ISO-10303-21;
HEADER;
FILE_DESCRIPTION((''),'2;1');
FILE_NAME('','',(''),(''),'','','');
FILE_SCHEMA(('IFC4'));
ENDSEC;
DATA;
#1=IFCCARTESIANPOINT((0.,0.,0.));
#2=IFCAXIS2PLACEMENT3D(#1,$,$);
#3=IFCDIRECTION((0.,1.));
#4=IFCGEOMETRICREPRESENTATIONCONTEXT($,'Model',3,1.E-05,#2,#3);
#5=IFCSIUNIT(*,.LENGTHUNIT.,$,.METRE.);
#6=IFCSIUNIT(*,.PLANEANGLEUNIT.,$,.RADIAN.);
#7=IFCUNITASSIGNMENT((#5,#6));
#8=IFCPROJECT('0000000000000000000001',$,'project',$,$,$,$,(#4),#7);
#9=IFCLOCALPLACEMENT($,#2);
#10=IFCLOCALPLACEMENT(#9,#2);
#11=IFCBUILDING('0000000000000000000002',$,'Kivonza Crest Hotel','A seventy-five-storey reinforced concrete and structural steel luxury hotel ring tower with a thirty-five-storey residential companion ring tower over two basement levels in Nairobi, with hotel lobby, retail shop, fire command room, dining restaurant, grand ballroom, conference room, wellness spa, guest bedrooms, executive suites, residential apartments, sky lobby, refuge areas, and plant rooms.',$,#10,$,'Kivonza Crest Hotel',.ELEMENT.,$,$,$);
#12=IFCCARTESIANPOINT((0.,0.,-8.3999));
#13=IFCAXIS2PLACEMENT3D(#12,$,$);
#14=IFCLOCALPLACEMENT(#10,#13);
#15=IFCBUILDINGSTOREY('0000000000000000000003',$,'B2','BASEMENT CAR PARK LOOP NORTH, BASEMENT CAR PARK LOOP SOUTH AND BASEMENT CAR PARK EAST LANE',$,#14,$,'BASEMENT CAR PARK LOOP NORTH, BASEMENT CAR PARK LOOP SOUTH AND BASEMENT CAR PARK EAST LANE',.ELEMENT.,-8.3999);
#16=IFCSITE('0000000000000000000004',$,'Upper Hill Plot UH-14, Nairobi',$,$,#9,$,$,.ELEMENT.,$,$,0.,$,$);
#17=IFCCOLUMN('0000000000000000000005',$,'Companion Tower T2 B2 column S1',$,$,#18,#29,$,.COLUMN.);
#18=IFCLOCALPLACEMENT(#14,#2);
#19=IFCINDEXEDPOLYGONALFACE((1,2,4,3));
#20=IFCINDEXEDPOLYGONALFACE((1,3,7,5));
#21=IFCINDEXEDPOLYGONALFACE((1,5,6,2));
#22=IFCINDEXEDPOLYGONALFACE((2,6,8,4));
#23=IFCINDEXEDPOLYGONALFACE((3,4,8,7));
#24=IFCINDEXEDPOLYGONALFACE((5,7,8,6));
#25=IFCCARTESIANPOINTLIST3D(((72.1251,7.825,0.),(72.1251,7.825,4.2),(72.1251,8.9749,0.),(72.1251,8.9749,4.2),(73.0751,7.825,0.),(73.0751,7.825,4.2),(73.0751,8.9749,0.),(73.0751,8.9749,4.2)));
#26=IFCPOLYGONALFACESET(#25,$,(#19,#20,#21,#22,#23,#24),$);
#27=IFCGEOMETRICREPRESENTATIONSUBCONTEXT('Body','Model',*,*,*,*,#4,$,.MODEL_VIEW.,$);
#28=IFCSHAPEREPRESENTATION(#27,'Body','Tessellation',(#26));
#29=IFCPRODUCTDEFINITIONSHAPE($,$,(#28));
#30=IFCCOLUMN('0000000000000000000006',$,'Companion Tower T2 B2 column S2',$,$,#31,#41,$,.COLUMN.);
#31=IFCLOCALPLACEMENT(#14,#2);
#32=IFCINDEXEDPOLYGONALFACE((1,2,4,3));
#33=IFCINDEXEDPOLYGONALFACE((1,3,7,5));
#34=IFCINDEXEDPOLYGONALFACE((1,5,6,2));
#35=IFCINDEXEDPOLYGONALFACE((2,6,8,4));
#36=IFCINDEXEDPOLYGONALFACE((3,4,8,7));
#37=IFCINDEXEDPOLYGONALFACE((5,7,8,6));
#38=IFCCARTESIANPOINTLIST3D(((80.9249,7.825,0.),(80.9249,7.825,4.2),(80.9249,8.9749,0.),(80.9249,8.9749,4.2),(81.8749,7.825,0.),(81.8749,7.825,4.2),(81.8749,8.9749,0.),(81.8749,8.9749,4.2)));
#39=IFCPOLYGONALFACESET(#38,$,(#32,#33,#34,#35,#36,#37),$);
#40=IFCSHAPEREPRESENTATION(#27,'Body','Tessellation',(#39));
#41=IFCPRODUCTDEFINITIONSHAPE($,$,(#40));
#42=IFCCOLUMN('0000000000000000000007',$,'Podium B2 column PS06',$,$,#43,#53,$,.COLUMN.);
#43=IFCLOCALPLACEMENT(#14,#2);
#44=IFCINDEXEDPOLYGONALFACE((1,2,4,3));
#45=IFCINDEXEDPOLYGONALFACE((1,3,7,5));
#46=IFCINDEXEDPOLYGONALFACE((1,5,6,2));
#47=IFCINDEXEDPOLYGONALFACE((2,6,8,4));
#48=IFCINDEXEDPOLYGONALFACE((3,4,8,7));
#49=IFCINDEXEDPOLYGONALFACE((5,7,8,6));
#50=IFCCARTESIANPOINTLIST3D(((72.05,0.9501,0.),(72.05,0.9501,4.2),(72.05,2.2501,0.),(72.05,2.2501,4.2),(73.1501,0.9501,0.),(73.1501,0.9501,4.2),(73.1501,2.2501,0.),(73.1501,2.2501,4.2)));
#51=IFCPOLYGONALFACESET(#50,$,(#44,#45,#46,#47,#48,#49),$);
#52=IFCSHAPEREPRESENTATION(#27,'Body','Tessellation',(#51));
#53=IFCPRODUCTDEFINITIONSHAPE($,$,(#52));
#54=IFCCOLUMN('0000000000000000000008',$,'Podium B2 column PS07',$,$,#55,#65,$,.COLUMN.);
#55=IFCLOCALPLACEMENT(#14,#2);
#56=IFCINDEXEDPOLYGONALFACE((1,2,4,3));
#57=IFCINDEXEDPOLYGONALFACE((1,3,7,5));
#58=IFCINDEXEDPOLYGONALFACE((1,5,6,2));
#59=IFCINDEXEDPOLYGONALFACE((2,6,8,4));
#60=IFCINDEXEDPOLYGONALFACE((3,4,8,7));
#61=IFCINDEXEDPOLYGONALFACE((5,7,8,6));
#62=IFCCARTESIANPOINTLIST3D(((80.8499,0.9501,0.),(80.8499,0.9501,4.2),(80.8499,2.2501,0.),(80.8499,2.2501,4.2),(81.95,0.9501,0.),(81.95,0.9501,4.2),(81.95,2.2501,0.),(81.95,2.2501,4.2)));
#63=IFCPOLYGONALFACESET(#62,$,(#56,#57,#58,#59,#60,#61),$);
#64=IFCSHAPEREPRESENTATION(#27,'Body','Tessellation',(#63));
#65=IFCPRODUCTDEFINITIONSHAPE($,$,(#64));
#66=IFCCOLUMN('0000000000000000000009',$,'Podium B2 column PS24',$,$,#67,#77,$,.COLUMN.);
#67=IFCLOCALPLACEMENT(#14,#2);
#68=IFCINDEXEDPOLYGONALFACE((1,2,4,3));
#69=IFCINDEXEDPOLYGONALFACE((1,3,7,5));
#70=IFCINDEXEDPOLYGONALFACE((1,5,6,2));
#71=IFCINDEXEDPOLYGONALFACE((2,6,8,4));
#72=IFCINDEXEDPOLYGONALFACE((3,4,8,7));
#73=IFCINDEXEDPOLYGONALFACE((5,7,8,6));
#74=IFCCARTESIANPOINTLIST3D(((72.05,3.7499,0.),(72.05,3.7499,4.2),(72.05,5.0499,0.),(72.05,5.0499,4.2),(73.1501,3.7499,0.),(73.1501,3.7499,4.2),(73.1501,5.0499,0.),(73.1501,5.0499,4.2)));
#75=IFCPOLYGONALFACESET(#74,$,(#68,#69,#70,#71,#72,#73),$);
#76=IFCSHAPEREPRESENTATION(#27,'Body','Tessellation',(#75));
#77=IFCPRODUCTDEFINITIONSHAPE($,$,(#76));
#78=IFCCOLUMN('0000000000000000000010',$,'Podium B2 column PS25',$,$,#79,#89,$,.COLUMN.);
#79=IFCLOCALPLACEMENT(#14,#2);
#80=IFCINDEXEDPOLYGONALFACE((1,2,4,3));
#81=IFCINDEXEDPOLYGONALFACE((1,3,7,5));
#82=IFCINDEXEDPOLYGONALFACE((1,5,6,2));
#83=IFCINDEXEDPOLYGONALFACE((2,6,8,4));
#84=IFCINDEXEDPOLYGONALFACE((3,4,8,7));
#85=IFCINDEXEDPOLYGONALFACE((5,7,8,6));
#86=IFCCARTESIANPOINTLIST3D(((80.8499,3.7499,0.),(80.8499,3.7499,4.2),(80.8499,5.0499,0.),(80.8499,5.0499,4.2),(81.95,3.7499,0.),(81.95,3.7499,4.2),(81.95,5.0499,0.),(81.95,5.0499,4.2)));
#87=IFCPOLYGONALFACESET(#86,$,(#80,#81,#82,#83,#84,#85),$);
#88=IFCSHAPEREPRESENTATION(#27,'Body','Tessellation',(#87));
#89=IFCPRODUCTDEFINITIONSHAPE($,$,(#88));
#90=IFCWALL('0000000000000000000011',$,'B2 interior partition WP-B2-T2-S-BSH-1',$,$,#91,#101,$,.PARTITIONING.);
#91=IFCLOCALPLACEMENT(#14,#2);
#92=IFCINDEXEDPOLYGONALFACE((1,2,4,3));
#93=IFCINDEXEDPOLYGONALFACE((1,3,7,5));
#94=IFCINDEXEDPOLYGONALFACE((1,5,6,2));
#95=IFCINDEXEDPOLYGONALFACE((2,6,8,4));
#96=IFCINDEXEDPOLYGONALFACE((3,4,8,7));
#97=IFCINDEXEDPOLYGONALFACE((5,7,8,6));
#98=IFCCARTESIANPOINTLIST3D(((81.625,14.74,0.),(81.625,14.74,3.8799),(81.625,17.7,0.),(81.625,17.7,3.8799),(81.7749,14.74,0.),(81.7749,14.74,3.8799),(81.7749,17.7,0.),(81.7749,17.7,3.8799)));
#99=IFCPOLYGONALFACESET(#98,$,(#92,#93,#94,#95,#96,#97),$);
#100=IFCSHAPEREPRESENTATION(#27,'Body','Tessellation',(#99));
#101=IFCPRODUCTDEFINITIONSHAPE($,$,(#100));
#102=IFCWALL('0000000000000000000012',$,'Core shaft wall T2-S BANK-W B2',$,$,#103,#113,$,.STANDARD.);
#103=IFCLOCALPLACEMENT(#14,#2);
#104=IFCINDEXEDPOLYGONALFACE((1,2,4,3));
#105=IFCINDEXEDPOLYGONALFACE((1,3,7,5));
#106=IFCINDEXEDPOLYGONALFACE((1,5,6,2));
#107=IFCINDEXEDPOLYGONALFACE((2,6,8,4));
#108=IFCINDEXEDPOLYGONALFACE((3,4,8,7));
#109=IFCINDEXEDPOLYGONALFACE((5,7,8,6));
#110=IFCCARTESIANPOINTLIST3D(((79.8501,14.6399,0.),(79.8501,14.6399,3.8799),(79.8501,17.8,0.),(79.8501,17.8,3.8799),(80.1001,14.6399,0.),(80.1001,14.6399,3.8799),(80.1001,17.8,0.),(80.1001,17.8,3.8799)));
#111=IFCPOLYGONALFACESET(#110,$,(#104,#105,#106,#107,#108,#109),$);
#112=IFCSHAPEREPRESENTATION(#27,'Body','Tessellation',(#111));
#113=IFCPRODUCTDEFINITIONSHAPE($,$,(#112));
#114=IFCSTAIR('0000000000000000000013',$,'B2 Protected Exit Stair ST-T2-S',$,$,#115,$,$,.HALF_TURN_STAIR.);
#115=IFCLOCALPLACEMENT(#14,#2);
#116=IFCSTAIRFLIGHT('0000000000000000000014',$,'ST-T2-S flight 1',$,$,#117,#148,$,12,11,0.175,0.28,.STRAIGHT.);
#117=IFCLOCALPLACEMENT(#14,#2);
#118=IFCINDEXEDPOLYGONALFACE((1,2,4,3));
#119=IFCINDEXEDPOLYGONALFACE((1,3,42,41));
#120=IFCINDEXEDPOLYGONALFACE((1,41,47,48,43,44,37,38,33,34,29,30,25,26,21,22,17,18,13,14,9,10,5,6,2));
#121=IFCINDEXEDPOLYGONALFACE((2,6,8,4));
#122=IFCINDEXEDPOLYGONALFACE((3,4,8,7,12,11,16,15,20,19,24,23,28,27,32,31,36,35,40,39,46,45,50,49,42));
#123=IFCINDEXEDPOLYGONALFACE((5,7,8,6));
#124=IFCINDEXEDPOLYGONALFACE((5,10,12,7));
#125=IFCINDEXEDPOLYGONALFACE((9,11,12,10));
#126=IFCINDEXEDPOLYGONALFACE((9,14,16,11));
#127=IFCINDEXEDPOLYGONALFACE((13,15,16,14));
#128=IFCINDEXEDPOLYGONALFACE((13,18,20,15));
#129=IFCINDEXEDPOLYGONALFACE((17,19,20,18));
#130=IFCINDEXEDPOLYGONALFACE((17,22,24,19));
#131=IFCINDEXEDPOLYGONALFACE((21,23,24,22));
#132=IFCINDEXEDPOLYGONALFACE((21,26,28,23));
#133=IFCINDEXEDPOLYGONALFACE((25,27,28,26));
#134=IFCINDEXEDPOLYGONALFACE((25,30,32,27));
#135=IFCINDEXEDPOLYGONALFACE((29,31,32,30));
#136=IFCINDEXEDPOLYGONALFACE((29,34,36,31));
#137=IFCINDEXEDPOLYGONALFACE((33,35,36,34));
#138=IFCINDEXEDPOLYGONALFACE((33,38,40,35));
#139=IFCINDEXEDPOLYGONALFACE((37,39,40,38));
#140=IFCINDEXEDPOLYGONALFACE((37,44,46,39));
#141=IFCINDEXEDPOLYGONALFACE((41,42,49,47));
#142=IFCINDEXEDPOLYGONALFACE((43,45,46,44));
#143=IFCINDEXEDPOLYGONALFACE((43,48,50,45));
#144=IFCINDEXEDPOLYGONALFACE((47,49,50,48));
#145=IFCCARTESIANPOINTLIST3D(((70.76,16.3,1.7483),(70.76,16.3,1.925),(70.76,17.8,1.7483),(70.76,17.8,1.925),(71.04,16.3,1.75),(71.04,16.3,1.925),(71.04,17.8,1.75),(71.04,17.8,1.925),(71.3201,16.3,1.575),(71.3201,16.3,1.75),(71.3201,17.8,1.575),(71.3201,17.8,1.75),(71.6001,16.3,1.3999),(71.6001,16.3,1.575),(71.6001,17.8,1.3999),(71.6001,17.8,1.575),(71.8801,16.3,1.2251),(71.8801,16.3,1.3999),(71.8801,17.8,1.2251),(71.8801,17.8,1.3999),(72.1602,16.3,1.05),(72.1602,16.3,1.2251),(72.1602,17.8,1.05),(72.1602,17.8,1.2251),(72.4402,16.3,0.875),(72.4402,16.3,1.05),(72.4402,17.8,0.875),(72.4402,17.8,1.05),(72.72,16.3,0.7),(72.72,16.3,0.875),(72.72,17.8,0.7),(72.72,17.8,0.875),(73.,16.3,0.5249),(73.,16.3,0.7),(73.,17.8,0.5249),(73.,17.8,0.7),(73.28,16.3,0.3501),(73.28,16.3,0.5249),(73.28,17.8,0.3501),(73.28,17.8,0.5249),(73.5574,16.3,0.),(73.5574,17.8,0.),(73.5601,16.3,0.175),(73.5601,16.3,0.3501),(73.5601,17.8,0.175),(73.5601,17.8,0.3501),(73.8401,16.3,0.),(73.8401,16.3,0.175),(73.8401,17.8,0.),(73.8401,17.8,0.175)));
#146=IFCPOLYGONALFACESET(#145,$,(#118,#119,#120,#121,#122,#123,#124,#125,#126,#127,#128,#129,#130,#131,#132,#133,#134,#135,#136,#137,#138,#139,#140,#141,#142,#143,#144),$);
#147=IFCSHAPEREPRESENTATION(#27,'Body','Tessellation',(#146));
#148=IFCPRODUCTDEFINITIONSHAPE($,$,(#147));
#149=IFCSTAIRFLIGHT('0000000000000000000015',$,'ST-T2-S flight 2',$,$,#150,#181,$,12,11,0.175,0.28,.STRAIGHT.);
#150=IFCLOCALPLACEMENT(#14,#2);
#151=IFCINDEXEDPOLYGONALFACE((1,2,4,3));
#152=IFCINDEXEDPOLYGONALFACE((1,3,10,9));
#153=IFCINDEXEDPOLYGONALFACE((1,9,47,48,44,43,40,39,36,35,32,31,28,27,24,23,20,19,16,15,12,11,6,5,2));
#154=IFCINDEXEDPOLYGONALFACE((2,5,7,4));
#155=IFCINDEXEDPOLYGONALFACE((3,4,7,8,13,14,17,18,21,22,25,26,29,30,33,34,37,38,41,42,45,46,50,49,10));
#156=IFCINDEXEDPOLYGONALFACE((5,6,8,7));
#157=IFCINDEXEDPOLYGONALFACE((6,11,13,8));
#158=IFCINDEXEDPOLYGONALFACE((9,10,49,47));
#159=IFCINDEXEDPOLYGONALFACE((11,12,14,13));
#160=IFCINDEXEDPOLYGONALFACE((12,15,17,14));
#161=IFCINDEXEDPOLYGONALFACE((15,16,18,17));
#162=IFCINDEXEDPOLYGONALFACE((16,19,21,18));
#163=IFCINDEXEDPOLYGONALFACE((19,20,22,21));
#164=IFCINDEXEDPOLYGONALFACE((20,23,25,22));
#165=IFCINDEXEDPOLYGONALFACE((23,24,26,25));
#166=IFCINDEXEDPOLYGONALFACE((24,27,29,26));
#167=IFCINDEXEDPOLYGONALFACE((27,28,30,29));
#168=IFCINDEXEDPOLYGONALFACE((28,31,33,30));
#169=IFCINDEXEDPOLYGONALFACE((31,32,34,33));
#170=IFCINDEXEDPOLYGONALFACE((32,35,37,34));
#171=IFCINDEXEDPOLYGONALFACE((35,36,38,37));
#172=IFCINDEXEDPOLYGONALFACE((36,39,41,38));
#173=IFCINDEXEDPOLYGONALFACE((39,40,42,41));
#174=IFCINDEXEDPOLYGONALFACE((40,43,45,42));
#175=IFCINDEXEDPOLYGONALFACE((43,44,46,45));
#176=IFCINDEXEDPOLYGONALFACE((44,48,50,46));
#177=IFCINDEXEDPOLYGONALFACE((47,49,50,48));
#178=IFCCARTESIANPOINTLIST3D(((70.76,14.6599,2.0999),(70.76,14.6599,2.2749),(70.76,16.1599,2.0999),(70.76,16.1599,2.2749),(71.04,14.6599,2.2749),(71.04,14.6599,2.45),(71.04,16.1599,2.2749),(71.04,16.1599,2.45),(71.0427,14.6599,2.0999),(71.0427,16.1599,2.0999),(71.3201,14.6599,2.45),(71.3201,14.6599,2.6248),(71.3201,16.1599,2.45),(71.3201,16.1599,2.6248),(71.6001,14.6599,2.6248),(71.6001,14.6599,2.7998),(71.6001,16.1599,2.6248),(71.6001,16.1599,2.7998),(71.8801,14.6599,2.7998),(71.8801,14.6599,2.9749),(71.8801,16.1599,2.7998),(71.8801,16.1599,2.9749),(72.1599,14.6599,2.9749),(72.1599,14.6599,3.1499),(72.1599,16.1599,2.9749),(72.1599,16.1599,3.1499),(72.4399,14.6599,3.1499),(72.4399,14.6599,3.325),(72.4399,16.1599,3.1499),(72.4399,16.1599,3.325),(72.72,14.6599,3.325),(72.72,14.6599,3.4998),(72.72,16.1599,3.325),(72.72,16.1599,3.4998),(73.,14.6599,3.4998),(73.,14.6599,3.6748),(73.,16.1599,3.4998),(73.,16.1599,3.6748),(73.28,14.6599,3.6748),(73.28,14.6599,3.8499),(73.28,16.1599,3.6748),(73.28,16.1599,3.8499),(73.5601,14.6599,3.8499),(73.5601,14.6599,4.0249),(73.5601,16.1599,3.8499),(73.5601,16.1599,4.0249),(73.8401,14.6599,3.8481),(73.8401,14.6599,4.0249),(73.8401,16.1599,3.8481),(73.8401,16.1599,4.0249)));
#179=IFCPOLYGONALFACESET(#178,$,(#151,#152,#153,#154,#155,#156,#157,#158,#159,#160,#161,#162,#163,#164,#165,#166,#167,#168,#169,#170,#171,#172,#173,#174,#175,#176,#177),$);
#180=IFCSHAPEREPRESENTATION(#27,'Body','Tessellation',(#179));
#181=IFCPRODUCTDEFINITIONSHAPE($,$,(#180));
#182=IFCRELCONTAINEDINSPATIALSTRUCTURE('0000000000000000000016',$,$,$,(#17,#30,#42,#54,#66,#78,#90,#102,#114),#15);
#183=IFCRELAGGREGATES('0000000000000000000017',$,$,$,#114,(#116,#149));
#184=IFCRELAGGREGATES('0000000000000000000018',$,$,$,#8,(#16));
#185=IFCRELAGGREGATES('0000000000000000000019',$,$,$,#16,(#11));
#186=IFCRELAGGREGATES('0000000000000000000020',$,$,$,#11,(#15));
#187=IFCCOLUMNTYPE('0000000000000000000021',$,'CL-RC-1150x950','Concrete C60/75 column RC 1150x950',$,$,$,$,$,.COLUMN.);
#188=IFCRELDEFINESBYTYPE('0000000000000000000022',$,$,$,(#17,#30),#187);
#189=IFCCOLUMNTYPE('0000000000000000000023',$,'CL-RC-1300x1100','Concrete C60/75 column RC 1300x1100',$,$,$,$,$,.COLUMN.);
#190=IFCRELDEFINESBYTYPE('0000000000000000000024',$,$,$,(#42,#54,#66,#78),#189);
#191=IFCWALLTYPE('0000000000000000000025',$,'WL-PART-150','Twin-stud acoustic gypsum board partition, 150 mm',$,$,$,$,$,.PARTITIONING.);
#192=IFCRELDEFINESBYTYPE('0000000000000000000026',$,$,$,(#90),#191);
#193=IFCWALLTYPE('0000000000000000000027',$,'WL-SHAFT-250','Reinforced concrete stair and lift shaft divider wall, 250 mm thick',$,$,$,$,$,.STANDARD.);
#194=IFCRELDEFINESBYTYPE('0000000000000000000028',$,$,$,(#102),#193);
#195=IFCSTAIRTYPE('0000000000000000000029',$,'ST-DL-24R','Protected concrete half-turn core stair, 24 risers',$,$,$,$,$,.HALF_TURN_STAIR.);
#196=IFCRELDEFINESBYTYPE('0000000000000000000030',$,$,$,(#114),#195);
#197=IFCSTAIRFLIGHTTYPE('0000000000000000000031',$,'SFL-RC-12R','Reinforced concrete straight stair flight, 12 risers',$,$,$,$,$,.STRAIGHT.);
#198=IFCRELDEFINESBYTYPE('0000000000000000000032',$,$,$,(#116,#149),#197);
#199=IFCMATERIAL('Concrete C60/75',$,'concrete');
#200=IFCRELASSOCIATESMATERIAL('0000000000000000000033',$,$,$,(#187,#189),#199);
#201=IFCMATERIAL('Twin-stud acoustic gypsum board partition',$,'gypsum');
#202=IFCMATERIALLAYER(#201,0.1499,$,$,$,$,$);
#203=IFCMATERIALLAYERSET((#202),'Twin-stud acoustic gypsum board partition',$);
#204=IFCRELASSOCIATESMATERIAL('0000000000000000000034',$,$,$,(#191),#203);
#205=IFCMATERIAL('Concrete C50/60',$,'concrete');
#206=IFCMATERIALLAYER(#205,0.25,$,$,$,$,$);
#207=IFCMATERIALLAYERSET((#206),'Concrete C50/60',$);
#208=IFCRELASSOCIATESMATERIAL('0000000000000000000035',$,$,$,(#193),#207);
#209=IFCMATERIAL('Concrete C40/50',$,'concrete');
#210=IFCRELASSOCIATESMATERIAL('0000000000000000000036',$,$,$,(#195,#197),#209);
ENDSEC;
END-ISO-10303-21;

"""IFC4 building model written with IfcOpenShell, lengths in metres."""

from ifc_helpers import new_model, si_unit, direction, frame, frame_2d, origin, origin_2d, place, context, subcontext, project, spatial, polyline, rectangle, outline, extrude, material, layer, layer_set, material_profile, profile_set, type_object, element, aggregate, save


model = new_model("IFC4")

# Units and contexts
model_context = context("Model", 3, precision=1e-05, world=origin(), true_north=direction((0.0, 1.0)))
body_context = subcontext(model_context, "Body", "Model", "MODEL_VIEW")
ifc_project = project(units=[si_unit("LENGTHUNIT", "METRE"), si_unit("PLANEANGLEUNIT", "RADIAN")], contexts=[model_context])

# Site, building, storey
site_placement = place(None, origin())
site = spatial("IfcSite", under=ifc_project, at=site_placement, Name="Upper Hill Plot UH-14, Nairobi", CompositionType="ELEMENT", RefElevation=0.0)
building_placement = place(site_placement, origin())
building = spatial("IfcBuilding", under=site, at=building_placement, Name="Kivonza Crest Hotel", Description="A seventy-five-storey reinforced concrete and structural steel luxury hotel ring tower with a thirty-five-storey residential companion ring tower over two basement levels in Nairobi, with hotel lobby, retail shop, fire command room, dining restaurant, grand ballroom, conference room, wellness spa, guest bedrooms, executive suites, residential apartments, sky lobby, refuge areas, and plant rooms.", LongName="Kivonza Crest Hotel", CompositionType="ELEMENT")
storey_placement = place(building_placement, frame((0.0, 0.0, -8.3999)))
storey = spatial("IfcBuildingStorey", under=building, at=storey_placement, Name="B2", Description="BASEMENT CAR PARK LOOP NORTH, BASEMENT CAR PARK LOOP SOUTH AND BASEMENT CAR PARK EAST LANE", LongName="BASEMENT CAR PARK LOOP NORTH, BASEMENT CAR PARK LOOP SOUTH AND BASEMENT CAR PARK EAST LANE", CompositionType="ELEMENT", Elevation=-8.3999)

# Shared definitions
ifc_material_1 = material(Name="Concrete C40/50", Category="concrete")

# Columns
ifc_material_2 = material(Name="Concrete C60/75", Category="concrete")
ifc_material_profile_1 = material_profile(ifc_material_2, rectangle(XDim=0.95, YDim=1.1499, at=origin_2d()), Name="RC 1150x950")
ifc_profile_set_1 = profile_set([ifc_material_profile_1], Name="Concrete C60/75")
column_type_1 = type_object("IfcColumnType", Name="CL-RC-1150x950", Description="Concrete C60/75 column RC 1150x950", PredefinedType="COLUMN", material=ifc_profile_set_1)
for number, where, z_axis, x_axis, name in (
    (1, (72.6001, 8.3999, 0.0), (0.0, 0.0, 1.0), (1.0, 0.0, 0.0), "Companion Tower T2 B2 column S1"),
    (2, (81.3999, 8.3999, 0.0), (0.0, 0.0, 1.0), (1.0, 0.0, 0.0), "Companion Tower T2 B2 column S2"),
):
    element("IfcColumn", number, at=place(storey_placement, frame(where, z_axis=z_axis, x_axis=x_axis)), inside=storey, type_object=column_type_1, Name=name, PredefinedType="COLUMN", context=body_context, shape_type="SweptSolid", body=[
        extrude(rectangle(XDim=0.95, YDim=1.1499, at=origin_2d()), origin(), (0.0, 0.0, 1.0), 4.2),
    ])
ifc_material_profile_2 = material_profile(ifc_material_2, rectangle(XDim=1.1001, YDim=1.3, at=origin_2d()), Name="RC 1300x1100")
ifc_profile_set_2 = profile_set([ifc_material_profile_2], Name="Concrete C60/75")
column_type_2 = type_object("IfcColumnType", Name="CL-RC-1300x1100", Description="Concrete C60/75 column RC 1300x1100", PredefinedType="COLUMN", material=ifc_profile_set_2)
for number, where, z_axis, x_axis, name in (
    (3, (72.6001, 1.6001, 0.0), (0.0, 0.0, 1.0), (1.0, 0.0, 0.0), "Podium B2 column PS06"),
    (4, (81.3999, 1.6001, 0.0), (0.0, 0.0, 1.0), (1.0, 0.0, 0.0), "Podium B2 column PS07"),
    (5, (72.6001, 4.3999, 0.0), (0.0, 0.0, 1.0), (1.0, 0.0, 0.0), "Podium B2 column PS24"),
    (6, (81.3999, 4.3999, 0.0), (0.0, 0.0, 1.0), (1.0, 0.0, 0.0), "Podium B2 column PS25"),
):
    element("IfcColumn", number, at=place(storey_placement, frame(where, z_axis=z_axis, x_axis=x_axis)), inside=storey, type_object=column_type_2, Name=name, PredefinedType="COLUMN", context=body_context, shape_type="SweptSolid", body=[
        extrude(rectangle(XDim=1.1001, YDim=1.3, at=origin_2d()), origin(), (0.0, 0.0, 1.0), 4.2),
    ])

# Wall
ifc_material_3 = material(Name="Twin-stud acoustic gypsum board partition", Category="gypsum")
ifc_layer_1 = layer(ifc_material_3, 0.1499)
ifc_layer_set_1 = layer_set([ifc_layer_1], Name="Twin-stud acoustic gypsum board partition")
wall_type_1 = type_object("IfcWallType", Name="WL-PART-150", Description="Twin-stud acoustic gypsum board partition, 150 mm", PredefinedType="PARTITIONING", material=ifc_layer_set_1)
wall_1_placement = place(storey_placement, frame((81.7, 14.74, 0.0), z_axis=(0.0, 0.0, 1.0), x_axis=(0.0, 1.0, 0.0)))
element("IfcWall", 7, at=wall_1_placement, inside=storey, type_object=wall_type_1, Name="B2 interior partition WP-B2-T2-S-BSH-1", PredefinedType="PARTITIONING", context=body_context, shape_type="SweptSolid", body=[
    extrude(rectangle(XDim=2.96, YDim=0.1499, at=frame_2d((1.48, 0.0))), origin(), (0.0, 0.0, 1.0), 3.8799),
])

# Shared definitions
ifc_material_4 = material(Name="Concrete C50/60", Category="concrete")
ifc_layer_2 = layer(ifc_material_4, 0.25)
ifc_layer_set_2 = layer_set([ifc_layer_2], Name="Concrete C50/60")
wall_type_2 = type_object("IfcWallType", Name="WL-SHAFT-250", Description="Reinforced concrete stair and lift shaft divider wall, 250 mm thick", PredefinedType="STANDARD", material=ifc_layer_set_2)

# Wall
wall_2_placement = place(storey_placement, frame((79.9751, 14.6399, 0.0), z_axis=(0.0, 0.0, 1.0), x_axis=(0.0, 1.0, 0.0)))
element("IfcWall", 8, at=wall_2_placement, inside=storey, type_object=wall_type_2, Name="Core shaft wall T2-S BANK-W B2", PredefinedType="STANDARD", context=body_context, shape_type="SweptSolid", body=[
    extrude(rectangle(XDim=3.1602, YDim=0.25, at=frame_2d((1.5801, 0.0))), origin(), (0.0, 0.0, 1.0), 3.8799),
])

# Stair, stair flights
stair_type = type_object("IfcStairType", Name="ST-DL-24R", Description="Protected concrete half-turn core stair, 24 risers", PredefinedType="HALF_TURN_STAIR", material=ifc_material_1)
stair_placement = place(storey_placement, origin())
stair = element("IfcStair", 9, at=stair_placement, inside=storey, type_object=stair_type, Name="B2 Protected Exit Stair ST-T2-S", PredefinedType="HALF_TURN_STAIR")
stair_flight_type = type_object("IfcStairFlightType", Name="SFL-RC-12R", Description="Reinforced concrete straight stair flight, 12 risers", PredefinedType="STRAIGHT", material=ifc_material_1)
stair_flight_1_placement = place(storey_placement, frame((73.8401, 17.05, 0.0), z_axis=(0.0, 0.0, 1.0), x_axis=(-1.0, 0.0, 0.0)))
stair_flight_1 = element("IfcStairFlight", 10, at=stair_flight_1_placement, type_object=stair_flight_type, Name="ST-T2-S flight 1", NumberOfRisers=12, NumberOfTreads=11, PredefinedType="STRAIGHT", RiserHeight=0.175, TreadLength=0.28, context=body_context, shape_type="SweptSolid", body=[
    extrude(outline(polyline([(0.0, 0.0), (0.0, 0.175), (0.28, 0.175), (0.28, 0.3501), (0.5601, 0.3501), (0.5601, 0.5249), (0.8401, 0.5249), (0.8401, 0.7), (1.1201, 0.7), (1.1201, 0.875), (1.3999, 0.875), (1.3999, 1.05), (1.6799, 1.05), (1.6799, 1.2251), (1.96, 1.2251), (1.96, 1.3999), (2.24, 1.3999), (2.24, 1.575), (2.52, 1.575), (2.52, 1.75), (2.8, 1.75), (2.8, 1.925), (3.0801, 1.925), (3.0801, 2.1001), (3.0801, 1.7483), (0.2827, 0.0), (0.0, 0.0)])), frame((0.0, 0.75, 0.0), z_axis=(0.0, -1.0, 0.0), x_axis=(1.0, 0.0, 0.0)), (0.0, 0.0, 1.0), 1.5),
])
stair_flight_2_placement = place(storey_placement, frame((70.76, 15.4099, 2.0999), z_axis=(0.0, 0.0, 1.0), x_axis=(1.0, 0.0, 0.0)))
stair_flight_2 = element("IfcStairFlight", 11, at=stair_flight_2_placement, type_object=stair_flight_type, Name="ST-T2-S flight 2", NumberOfRisers=12, NumberOfTreads=11, PredefinedType="STRAIGHT", RiserHeight=0.175, TreadLength=0.28, context=body_context, shape_type="SweptSolid", body=[
    extrude(outline(polyline([(0.0, 0.0), (0.0, 0.175), (0.28, 0.175), (0.28, 0.3501), (0.5601, 0.3501), (0.5601, 0.5249), (0.8401, 0.5249), (0.8401, 0.7), (1.1201, 0.7), (1.1201, 0.875), (1.3999, 0.875), (1.3999, 1.05), (1.6799, 1.05), (1.6799, 1.2251), (1.96, 1.2251), (1.96, 1.3999), (2.24, 1.3999), (2.24, 1.575), (2.52, 1.575), (2.52, 1.75), (2.8, 1.75), (2.8, 1.925), (3.0801, 1.925), (3.0801, 2.1001), (3.0801, 1.7483), (0.2827, 0.0), (0.0, 0.0)])), frame((0.0, 0.75, 0.0), z_axis=(0.0, -1.0, 0.0), x_axis=(1.0, 0.0, 0.0)), (0.0, 0.0, 1.0), 1.5),
])
aggregate(stair, [stair_flight_1, stair_flight_2])

save(model, "model.ifc")
